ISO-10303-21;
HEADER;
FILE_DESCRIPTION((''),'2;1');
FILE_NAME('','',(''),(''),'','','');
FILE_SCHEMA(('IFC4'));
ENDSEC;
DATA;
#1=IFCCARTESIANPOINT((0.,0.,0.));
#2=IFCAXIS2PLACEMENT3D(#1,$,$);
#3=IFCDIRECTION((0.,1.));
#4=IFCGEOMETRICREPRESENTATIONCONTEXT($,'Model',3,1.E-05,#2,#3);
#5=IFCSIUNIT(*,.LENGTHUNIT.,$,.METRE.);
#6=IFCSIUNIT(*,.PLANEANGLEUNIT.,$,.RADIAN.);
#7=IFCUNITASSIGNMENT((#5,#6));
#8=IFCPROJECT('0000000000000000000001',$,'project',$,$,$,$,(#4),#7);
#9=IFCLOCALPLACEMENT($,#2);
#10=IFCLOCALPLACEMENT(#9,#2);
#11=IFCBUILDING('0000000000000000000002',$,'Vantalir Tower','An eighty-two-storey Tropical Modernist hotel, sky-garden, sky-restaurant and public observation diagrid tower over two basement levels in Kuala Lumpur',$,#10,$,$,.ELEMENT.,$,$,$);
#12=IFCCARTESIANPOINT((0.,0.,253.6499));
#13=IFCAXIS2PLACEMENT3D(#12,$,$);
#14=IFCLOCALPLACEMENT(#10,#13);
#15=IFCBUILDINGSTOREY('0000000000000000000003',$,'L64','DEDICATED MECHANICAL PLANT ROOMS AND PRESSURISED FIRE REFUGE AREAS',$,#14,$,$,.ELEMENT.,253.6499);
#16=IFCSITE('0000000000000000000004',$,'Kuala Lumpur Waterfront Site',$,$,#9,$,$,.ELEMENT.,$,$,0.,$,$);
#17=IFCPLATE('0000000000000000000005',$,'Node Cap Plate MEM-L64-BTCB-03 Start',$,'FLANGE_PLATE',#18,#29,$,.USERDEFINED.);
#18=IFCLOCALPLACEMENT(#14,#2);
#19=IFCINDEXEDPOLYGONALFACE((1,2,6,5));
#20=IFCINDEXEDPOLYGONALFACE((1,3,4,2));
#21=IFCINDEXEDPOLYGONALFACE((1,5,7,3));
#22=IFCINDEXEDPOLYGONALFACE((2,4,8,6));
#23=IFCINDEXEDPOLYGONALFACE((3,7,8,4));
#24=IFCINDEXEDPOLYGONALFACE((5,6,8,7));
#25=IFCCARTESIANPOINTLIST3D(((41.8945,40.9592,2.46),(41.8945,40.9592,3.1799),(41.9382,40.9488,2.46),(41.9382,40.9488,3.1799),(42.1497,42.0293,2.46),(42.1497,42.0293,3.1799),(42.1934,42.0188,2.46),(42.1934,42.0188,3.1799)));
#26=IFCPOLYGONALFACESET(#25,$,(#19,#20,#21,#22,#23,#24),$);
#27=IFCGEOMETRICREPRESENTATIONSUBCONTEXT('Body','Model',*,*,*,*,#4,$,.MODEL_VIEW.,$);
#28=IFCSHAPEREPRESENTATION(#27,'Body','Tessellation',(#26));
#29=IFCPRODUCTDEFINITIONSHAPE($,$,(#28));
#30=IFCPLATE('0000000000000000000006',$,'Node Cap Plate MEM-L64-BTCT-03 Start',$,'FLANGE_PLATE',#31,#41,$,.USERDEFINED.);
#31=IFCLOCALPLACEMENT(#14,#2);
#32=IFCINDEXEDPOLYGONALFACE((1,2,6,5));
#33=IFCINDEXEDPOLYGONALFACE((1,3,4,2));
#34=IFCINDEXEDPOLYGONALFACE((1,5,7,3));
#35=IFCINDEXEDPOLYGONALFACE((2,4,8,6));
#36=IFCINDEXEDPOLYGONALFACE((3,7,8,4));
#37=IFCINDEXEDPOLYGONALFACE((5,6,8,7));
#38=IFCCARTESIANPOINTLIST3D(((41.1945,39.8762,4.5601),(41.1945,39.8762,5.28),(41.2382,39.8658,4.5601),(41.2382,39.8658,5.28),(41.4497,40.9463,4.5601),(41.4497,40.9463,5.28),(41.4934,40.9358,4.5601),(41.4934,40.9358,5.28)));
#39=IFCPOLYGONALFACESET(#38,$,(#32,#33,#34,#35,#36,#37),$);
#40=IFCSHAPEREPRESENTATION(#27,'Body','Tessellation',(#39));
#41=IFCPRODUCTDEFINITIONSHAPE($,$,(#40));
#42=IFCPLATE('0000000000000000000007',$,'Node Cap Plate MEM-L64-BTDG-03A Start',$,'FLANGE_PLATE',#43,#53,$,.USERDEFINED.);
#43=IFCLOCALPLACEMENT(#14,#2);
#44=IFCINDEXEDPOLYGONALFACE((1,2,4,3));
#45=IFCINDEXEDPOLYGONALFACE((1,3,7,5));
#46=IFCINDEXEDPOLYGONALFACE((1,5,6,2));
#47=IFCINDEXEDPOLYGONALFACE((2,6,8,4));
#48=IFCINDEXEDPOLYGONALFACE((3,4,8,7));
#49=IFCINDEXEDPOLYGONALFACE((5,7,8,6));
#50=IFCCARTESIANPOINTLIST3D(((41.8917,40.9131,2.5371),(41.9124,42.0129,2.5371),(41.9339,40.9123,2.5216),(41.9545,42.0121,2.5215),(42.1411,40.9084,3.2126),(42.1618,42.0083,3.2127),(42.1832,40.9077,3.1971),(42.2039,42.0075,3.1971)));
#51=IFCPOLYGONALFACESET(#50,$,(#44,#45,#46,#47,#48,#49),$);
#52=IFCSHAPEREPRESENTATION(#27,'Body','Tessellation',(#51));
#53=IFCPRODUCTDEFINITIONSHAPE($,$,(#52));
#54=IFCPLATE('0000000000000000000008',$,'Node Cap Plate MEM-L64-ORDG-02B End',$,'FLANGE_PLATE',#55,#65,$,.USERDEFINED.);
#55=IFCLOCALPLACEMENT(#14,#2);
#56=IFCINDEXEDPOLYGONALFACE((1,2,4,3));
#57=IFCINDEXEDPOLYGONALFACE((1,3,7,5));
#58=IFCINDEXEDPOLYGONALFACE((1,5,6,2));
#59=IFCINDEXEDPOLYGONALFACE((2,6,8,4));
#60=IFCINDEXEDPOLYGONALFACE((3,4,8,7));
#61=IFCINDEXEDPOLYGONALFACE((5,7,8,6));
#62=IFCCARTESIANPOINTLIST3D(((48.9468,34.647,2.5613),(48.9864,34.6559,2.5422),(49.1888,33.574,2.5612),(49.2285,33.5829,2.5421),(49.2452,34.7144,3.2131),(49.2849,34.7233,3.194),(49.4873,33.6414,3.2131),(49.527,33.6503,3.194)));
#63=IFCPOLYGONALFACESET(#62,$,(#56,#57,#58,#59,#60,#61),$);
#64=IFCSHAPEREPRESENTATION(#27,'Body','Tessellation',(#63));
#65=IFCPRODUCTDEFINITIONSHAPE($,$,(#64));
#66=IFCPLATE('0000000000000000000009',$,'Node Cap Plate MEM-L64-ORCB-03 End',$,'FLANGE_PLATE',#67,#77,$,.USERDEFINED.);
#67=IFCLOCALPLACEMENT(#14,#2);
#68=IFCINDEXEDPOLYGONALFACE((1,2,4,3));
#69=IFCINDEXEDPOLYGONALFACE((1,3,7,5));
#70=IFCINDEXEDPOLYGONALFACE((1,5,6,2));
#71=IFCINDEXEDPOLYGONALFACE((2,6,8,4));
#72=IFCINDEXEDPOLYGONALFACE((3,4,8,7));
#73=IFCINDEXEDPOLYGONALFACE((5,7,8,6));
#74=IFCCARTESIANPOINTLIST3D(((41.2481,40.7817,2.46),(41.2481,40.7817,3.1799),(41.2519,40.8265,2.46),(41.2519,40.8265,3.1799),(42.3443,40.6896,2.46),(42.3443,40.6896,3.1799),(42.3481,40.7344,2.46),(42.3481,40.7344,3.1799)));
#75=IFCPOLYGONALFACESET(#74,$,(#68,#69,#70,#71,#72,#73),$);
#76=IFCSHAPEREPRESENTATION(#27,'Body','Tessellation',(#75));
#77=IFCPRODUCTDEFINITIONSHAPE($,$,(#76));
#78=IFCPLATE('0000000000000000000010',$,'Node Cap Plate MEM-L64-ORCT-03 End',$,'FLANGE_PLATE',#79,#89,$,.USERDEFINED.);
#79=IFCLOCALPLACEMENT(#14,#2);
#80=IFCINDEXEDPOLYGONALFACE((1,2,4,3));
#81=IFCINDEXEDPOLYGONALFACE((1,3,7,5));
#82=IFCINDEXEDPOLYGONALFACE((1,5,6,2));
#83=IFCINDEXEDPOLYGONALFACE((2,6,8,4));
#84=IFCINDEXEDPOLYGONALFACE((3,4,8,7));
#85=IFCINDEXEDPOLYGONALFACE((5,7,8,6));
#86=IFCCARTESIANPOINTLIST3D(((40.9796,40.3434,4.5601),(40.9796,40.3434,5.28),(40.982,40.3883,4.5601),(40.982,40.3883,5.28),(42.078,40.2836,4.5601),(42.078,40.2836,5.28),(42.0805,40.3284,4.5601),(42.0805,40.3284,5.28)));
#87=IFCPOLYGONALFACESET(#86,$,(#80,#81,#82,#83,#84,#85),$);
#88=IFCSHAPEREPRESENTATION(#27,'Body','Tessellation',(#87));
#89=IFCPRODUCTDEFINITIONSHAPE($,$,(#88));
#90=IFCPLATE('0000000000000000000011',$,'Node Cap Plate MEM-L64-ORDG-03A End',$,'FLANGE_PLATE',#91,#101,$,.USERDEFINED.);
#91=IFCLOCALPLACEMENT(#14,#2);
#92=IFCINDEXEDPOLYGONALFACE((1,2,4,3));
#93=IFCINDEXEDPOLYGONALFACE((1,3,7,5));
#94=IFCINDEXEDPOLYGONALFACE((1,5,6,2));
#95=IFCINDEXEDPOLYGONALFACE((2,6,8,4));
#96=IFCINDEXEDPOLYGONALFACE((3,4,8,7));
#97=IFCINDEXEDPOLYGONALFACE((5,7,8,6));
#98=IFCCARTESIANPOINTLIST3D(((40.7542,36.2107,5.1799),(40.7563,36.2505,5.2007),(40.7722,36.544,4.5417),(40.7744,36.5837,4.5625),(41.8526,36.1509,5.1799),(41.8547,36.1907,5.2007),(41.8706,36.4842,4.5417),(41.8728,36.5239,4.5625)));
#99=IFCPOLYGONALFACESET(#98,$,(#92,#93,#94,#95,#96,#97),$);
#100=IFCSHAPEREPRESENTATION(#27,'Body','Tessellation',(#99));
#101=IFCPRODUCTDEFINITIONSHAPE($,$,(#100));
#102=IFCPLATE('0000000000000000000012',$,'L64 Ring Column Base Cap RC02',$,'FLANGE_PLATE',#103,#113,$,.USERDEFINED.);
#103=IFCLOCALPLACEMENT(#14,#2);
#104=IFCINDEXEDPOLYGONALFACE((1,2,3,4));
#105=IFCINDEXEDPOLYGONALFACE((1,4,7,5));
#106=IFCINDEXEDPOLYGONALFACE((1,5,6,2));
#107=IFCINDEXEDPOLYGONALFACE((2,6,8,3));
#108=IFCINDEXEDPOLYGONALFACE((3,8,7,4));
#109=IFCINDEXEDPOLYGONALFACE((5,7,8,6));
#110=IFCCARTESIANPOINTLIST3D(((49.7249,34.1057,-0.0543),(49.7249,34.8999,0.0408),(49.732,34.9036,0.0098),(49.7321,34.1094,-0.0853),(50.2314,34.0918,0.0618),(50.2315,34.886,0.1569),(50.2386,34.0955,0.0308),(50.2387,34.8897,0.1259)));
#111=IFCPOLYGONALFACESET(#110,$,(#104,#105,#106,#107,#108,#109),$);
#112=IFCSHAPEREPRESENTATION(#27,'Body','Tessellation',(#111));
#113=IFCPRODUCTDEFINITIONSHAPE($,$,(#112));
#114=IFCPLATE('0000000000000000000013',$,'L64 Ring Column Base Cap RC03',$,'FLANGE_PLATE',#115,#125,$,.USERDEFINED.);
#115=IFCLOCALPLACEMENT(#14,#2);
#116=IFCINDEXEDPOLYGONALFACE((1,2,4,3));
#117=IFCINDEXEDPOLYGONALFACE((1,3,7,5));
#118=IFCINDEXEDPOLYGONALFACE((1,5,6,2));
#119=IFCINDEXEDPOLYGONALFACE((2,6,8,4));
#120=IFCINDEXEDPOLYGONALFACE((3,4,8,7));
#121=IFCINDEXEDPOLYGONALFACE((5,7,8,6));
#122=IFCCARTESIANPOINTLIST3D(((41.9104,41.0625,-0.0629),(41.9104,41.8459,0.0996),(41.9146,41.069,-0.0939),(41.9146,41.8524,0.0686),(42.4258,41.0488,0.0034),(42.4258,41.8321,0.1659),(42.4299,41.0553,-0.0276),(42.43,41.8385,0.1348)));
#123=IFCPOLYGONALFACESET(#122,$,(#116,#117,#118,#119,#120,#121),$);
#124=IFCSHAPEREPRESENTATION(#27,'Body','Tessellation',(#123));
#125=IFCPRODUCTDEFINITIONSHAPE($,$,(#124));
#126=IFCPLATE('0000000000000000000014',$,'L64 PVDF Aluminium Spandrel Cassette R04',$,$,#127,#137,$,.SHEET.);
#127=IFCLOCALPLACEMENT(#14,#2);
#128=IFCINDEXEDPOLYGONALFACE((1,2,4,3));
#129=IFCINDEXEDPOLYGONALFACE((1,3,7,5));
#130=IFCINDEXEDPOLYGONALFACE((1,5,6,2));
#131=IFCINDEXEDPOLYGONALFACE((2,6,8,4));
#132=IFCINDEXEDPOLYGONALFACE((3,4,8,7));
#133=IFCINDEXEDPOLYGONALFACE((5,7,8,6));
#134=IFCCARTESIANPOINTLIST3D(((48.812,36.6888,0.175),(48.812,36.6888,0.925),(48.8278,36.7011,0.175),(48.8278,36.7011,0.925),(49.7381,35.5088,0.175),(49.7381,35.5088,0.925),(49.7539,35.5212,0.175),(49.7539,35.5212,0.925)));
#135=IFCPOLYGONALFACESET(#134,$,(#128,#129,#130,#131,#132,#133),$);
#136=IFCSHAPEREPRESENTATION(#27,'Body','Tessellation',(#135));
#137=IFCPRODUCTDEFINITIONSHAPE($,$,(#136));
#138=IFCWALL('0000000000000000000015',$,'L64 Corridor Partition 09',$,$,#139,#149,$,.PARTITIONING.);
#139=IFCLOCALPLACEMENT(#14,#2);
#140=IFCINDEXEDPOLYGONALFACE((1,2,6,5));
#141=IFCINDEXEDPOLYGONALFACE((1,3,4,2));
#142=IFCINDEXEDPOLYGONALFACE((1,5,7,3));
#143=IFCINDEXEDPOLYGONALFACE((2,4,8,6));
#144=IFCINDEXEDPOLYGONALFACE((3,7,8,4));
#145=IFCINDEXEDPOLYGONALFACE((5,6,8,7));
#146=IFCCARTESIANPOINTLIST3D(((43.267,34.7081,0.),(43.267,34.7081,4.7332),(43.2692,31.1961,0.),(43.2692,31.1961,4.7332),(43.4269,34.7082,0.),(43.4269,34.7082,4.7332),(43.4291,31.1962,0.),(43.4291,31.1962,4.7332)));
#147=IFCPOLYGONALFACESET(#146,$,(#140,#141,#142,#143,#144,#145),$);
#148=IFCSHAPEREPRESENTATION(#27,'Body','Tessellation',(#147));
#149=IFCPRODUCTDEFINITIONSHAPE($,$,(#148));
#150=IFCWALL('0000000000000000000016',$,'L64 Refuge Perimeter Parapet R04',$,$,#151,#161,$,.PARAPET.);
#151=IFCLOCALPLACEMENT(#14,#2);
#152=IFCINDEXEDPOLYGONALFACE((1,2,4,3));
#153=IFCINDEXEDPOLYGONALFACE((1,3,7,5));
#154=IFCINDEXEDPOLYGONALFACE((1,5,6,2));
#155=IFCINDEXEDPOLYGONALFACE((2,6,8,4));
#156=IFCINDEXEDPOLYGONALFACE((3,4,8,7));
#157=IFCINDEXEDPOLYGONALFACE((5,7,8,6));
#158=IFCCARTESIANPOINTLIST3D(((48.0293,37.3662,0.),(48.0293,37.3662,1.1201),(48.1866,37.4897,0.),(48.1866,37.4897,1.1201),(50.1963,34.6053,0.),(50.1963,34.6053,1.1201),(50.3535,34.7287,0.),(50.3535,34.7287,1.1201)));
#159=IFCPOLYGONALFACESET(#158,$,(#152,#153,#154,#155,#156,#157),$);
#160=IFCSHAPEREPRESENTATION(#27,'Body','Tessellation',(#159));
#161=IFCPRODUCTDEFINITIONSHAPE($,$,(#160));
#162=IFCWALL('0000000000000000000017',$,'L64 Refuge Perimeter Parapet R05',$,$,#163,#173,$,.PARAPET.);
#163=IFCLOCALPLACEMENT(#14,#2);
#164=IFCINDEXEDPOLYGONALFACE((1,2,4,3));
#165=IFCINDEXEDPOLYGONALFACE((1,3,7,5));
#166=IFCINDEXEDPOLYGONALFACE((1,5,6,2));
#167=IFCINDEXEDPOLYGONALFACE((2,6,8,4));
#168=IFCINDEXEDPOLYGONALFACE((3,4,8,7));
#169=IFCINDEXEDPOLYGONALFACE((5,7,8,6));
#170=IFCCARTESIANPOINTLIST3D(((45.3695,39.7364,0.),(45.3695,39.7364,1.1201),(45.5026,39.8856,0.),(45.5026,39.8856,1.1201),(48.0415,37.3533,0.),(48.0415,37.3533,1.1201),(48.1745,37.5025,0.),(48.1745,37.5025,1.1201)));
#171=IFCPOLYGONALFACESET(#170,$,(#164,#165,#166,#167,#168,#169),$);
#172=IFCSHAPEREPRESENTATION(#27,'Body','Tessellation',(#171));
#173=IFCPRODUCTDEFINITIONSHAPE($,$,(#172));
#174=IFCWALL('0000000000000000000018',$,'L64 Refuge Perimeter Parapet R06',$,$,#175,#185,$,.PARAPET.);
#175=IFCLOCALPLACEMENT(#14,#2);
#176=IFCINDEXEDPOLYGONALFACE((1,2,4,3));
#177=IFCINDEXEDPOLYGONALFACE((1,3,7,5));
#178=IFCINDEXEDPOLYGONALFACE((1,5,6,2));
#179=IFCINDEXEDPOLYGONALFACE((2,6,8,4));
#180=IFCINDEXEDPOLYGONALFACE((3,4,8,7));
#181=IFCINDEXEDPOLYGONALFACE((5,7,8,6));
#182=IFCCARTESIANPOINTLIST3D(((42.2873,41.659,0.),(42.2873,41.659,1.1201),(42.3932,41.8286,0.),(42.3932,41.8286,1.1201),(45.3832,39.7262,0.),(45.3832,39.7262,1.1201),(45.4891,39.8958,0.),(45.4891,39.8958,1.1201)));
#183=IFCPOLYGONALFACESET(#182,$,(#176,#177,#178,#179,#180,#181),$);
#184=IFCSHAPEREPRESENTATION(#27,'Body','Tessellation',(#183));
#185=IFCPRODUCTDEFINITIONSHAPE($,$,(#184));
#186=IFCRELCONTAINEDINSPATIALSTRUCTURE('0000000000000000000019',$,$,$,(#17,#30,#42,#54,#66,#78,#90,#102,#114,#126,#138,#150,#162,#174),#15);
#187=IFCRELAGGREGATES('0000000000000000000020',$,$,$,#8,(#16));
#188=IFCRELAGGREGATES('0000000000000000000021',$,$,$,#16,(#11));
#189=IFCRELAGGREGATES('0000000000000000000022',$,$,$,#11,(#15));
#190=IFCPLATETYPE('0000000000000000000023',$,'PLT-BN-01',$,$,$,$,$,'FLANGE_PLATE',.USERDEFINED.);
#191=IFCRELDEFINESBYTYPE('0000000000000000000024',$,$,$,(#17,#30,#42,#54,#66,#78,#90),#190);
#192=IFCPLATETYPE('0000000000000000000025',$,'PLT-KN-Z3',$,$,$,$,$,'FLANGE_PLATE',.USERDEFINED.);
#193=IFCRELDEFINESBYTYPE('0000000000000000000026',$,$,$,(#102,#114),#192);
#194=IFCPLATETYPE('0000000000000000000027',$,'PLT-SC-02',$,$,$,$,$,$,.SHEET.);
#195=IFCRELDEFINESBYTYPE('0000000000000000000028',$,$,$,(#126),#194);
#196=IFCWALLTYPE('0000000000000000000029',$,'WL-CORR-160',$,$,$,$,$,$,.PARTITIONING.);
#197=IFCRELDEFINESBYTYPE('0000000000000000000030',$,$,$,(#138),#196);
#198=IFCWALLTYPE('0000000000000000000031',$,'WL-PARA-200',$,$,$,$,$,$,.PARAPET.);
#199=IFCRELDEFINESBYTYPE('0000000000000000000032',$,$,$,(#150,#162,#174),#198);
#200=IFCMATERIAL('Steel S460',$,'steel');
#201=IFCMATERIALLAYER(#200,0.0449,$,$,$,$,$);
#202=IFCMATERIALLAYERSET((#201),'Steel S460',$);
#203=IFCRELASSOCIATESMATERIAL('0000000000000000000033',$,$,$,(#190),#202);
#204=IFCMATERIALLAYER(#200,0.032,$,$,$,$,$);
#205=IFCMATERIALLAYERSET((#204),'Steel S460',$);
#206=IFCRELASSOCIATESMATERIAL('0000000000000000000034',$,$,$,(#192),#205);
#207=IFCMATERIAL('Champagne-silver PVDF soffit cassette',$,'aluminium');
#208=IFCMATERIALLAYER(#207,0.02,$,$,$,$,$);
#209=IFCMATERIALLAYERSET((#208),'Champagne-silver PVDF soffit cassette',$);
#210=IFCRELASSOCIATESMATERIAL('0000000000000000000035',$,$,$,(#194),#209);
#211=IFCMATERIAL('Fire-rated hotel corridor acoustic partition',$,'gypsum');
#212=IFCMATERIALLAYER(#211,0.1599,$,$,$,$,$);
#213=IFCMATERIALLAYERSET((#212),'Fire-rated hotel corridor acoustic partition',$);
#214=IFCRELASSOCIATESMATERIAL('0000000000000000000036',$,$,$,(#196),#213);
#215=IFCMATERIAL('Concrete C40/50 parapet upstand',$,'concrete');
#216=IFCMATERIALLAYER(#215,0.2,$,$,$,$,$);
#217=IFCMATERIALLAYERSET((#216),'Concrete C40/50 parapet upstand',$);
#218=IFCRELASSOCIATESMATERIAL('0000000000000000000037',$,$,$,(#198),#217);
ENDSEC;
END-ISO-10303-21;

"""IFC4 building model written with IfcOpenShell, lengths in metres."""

from ifc_helpers import new_model, si_unit, direction, frame, frame_2d, origin, origin_2d, place, context, subcontext, project, spatial, polyline, rectangle, outline, extrude, material, layer, layer_set, type_object, element, save


model = new_model("IFC4")

# Units and contexts
model_context = context("Model", 3, precision=1e-05, world=origin(), true_north=direction((0.0, 1.0)))
body_context = subcontext(model_context, "Body", "Model", "MODEL_VIEW")
ifc_project = project(units=[si_unit("LENGTHUNIT", "METRE"), si_unit("PLANEANGLEUNIT", "RADIAN")], contexts=[model_context])

# Site, building, storey
site_placement = place(None, origin())
site = spatial("IfcSite", under=ifc_project, at=site_placement, Name="Kuala Lumpur Waterfront Site", CompositionType="ELEMENT", RefElevation=0.0)
building_placement = place(site_placement, origin())
building = spatial("IfcBuilding", under=site, at=building_placement, Name="Vantalir Tower", Description="An eighty-two-storey Tropical Modernist hotel, sky-garden, sky-restaurant and public observation diagrid tower over two basement levels in Kuala Lumpur", CompositionType="ELEMENT")
storey_placement = place(building_placement, frame((0.0, 0.0, 253.6499)))
storey = spatial("IfcBuildingStorey", under=building, at=storey_placement, Name="L64", Description="DEDICATED MECHANICAL PLANT ROOMS AND PRESSURISED FIRE REFUGE AREAS", CompositionType="ELEMENT", Elevation=253.6499)

# Shared definitions
ifc_material_1 = material(Name="Steel S460", Category="steel")

# Plates
ifc_layer_1 = layer(ifc_material_1, 0.0449)
ifc_layer_set_1 = layer_set([ifc_layer_1], Name="Steel S460")
plate_type_1 = type_object("IfcPlateType", Name="PLT-BN-01", ElementType="FLANGE_PLATE", PredefinedType="USERDEFINED", material=ifc_layer_set_1)
for number, where, z_axis, x_axis, name in (
    (1, (42.0439, 41.489, 2.46), (0.0, 0.0, 1.0), (-0.972715, 0.232003, 0.0), "Node Cap Plate MEM-L64-BTCB-03 Start"),
    (2, (41.344, 40.406, 4.5601), (0.0, 0.0, 1.0), (-0.972719, 0.231986, 0.0), "Node Cap Plate MEM-L64-BTCT-03 Start"),
):
    element("IfcPlate", number, at=place(storey_placement, frame(where, z_axis=z_axis, x_axis=x_axis)), inside=storey, type_object=plate_type_1, Name=name, ObjectType="FLANGE_PLATE", PredefinedType="USERDEFINED", context=body_context, shape_type="SweptSolid", body=[
        extrude(rectangle(XDim=0.0449, YDim=1.1001, at=origin_2d()), origin(), (0.0, 0.0, 1.0), 0.72),
    ])
plate_1_placement = place(storey_placement, frame((41.9124, 42.0129, 2.5371), z_axis=(-0.93793, 0.017593, 0.346379), x_axis=(-0.01874, -0.999824, 0.000036)))
element("IfcPlate", 3, at=plate_1_placement, inside=storey, type_object=plate_type_1, Name="Node Cap Plate MEM-L64-BTDG-03A Start", ObjectType="FLANGE_PLATE", PredefinedType="USERDEFINED", context=body_context, shape_type="SweptSolid", body=[
    extrude(outline(polyline([(0.0, 0.0), (1.1, 0.0), (1.1, 0.7201), (0.0, 0.7202), (0.0, 0.0)])), origin(), (0.0, 0.0, -1.0), 0.0449),
])
plate_2_placement = place(storey_placement, frame((48.9468, 34.647, 2.5613), z_axis=(-0.883044, -0.199212, 0.424908), x_axis=(0.220048, -0.975489, -0.000042)))
element("IfcPlate", 4, at=plate_2_placement, inside=storey, type_object=plate_type_1, Name="Node Cap Plate MEM-L64-ORDG-02B End", ObjectType="FLANGE_PLATE", PredefinedType="USERDEFINED", context=body_context, shape_type="SweptSolid", body=[
    extrude(outline(polyline([(0.0, 0.0), (1.0999, 0.0), (1.0999, 0.7201), (-0.0001, 0.72), (0.0, 0.0)])), origin(), (0.0, 0.0, -1.0), 0.0449),
])
for number, where, z_axis, x_axis, name in (
    (5, (41.7981, 40.7581, 2.46), (0.0, 0.0, 1.0), (0.08373, 0.996488, 0.0), "Node Cap Plate MEM-L64-ORCB-03 End"),
    (6, (41.53, 40.3359, 4.5601), (0.0, 0.0, 1.0), (0.054427, 0.998518, 0.0), "Node Cap Plate MEM-L64-ORCT-03 End"),
):
    element("IfcPlate", number, at=place(storey_placement, frame(where, z_axis=z_axis, x_axis=x_axis)), inside=storey, type_object=plate_type_1, Name=name, ObjectType="FLANGE_PLATE", PredefinedType="USERDEFINED", context=body_context, shape_type="SweptSolid", body=[
        extrude(rectangle(XDim=0.0449, YDim=1.1001, at=origin_2d()), origin(), (0.0, 0.0, 1.0), 0.72),
    ])
plate_3_placement = place(storey_placement, frame((41.8728, 36.5239, 4.5625), z_axis=(0.048185, 0.884832, 0.463413), x_axis=(-0.998521, 0.054376, 0.0)))
element("IfcPlate", 7, at=plate_3_placement, inside=storey, type_object=plate_type_1, Name="Node Cap Plate MEM-L64-ORDG-03A End", ObjectType="FLANGE_PLATE", PredefinedType="USERDEFINED", context=body_context, shape_type="SweptSolid", body=[
    extrude(outline(polyline([(0.0, 0.0), (1.1, 0.0), (1.0999, 0.7202), (-0.0001, 0.7202), (0.0, 0.0)])), origin(), (0.0, 0.0, -1.0), 0.0449),
])
ifc_layer_2 = layer(ifc_material_1, 0.032)
ifc_layer_set_2 = layer_set([ifc_layer_2], Name="Steel S460")
plate_type_2 = type_object("IfcPlateType", Name="PLT-KN-Z3", ElementType="FLANGE_PLATE", PredefinedType="USERDEFINED", material=ifc_layer_set_2)
plate_4_placement = place(storey_placement, frame((49.7249, 34.8999, 0.0408), z_axis=(-0.224885, -0.115841, 0.967475), x_axis=(0.000033, -0.992909, -0.118879)))
element("IfcPlate", 8, at=plate_4_placement, inside=storey, type_object=plate_type_2, Name="L64 Ring Column Base Cap RC02", ObjectType="FLANGE_PLATE", PredefinedType="USERDEFINED", context=body_context, shape_type="SweptSolid", body=[
    extrude(outline(polyline([(0.0, 0.0), (0.7998, 0.0), (0.7999, 0.5199), (0.0, 0.5199), (0.0, 0.0)])), origin(), (0.0, 0.0, -1.0), 0.032),
])
plate_5_placement = place(storey_placement, frame((41.9104, 41.8459, 0.0996), z_axis=(-0.130248, -0.201365, 0.970818), x_axis=(0.000023, -0.97916, -0.203092)))
element("IfcPlate", 9, at=plate_5_placement, inside=storey, type_object=plate_type_2, Name="L64 Ring Column Base Cap RC03", ObjectType="FLANGE_PLATE", PredefinedType="USERDEFINED", context=body_context, shape_type="SweptSolid", body=[
    extrude(outline(polyline([(0.0, 0.0), (0.8001, 0.0), (0.8001, 0.5198), (0.0002, 0.5198), (0.0, 0.0)])), origin(), (0.0, 0.0, -1.0), 0.032),
])
ifc_material_2 = material(Name="Champagne-silver PVDF soffit cassette", Category="aluminium")
ifc_layer_3 = layer(ifc_material_2, 0.02)
ifc_layer_set_3 = layer_set([ifc_layer_3], Name="Champagne-silver PVDF soffit cassette")
plate_type_3 = type_object("IfcPlateType", Name="PLT-SC-02", PredefinedType="SHEET", material=ifc_layer_set_3)
plate_6_placement = place(storey_placement, frame((49.283, 36.105, 0.175), z_axis=(0.0, 0.0, 1.0), x_axis=(-0.617407, 0.786644, 0.0)))
element("IfcPlate", 10, at=plate_6_placement, inside=storey, type_object=plate_type_3, Name="L64 PVDF Aluminium Spandrel Cassette R04", PredefinedType="SHEET", context=body_context, shape_type="SweptSolid", body=[
    extrude(rectangle(XDim=1.5, YDim=0.02, at=origin_2d()), origin(), (0.0, 0.0, 1.0), 0.75),
])

# Walls
ifc_material_3 = material(Name="Fire-rated hotel corridor acoustic partition", Category="gypsum")
ifc_layer_4 = layer(ifc_material_3, 0.1599)
ifc_layer_set_4 = layer_set([ifc_layer_4], Name="Fire-rated hotel corridor acoustic partition")
wall_type_1 = type_object("IfcWallType", Name="WL-CORR-160", PredefinedType="PARTITIONING", material=ifc_layer_set_4)
wall_1_placement = place(storey_placement, frame((43.3469, 34.708, 0.0), z_axis=(0.0, 0.0, 1.0), x_axis=(0.000626, -1.0, 0.0)))
element("IfcWall", 11, at=wall_1_placement, inside=storey, type_object=wall_type_1, Name="L64 Corridor Partition 09", PredefinedType="PARTITIONING", context=body_context, shape_type="SweptSolid", body=[
    extrude(rectangle(XDim=3.512, YDim=0.1599, at=frame_2d((1.7559, 0.0))), origin(), (0.0, 0.0, 1.0), 4.7332),
])
ifc_material_4 = material(Name="Concrete C40/50 parapet upstand", Category="concrete")
ifc_layer_5 = layer(ifc_material_4, 0.2)
ifc_layer_set_5 = layer_set([ifc_layer_5], Name="Concrete C40/50 parapet upstand")
wall_type_2 = type_object("IfcWallType", Name="WL-PARA-200", PredefinedType="PARAPET", material=ifc_layer_set_5)
wall_2_placement = place(storey_placement, frame((50.2749, 34.667, 0.0), z_axis=(0.0, 0.0, 1.0), x_axis=(-0.617407, 0.786644, 0.0)))
element("IfcWall", 12, at=wall_2_placement, inside=storey, type_object=wall_type_2, Name="L64 Refuge Perimeter Parapet R04", PredefinedType="PARAPET", context=body_context, shape_type="SweptSolid", body=[
    extrude(rectangle(XDim=3.5098, YDim=0.2, at=frame_2d((1.7549, 0.0))), origin(), (0.0, 0.0, 1.0), 1.1201),
])
wall_3_placement = place(storey_placement, frame((48.1079, 37.428, 0.0), z_axis=(0.0, 0.0, 1.0), x_axis=(-0.746291, 0.66562, 0.0)))
element("IfcWall", 13, at=wall_3_placement, inside=storey, type_object=wall_type_2, Name="L64 Refuge Perimeter Parapet R05", PredefinedType="PARAPET", context=body_context, shape_type="SweptSolid", body=[
    extrude(rectangle(XDim=3.5803, YDim=0.2, at=frame_2d((1.79, 0.0))), origin(), (0.0, 0.0, 1.0), 1.1201),
])
wall_4_placement = place(storey_placement, frame((45.436, 39.811, 0.0), z_axis=(0.0, 0.0, 1.0), x_axis=(-0.848258, 0.529584, 0.0)))
element("IfcWall", 14, at=wall_4_placement, inside=storey, type_object=wall_type_2, Name="L64 Refuge Perimeter Parapet R06", PredefinedType="PARAPET", context=body_context, shape_type="SweptSolid", body=[
    extrude(rectangle(XDim=3.6497, YDim=0.2, at=frame_2d((1.8247, 0.0))), origin(), (0.0, 0.0, 1.0), 1.1201),
])

save(model, "model.ifc")
